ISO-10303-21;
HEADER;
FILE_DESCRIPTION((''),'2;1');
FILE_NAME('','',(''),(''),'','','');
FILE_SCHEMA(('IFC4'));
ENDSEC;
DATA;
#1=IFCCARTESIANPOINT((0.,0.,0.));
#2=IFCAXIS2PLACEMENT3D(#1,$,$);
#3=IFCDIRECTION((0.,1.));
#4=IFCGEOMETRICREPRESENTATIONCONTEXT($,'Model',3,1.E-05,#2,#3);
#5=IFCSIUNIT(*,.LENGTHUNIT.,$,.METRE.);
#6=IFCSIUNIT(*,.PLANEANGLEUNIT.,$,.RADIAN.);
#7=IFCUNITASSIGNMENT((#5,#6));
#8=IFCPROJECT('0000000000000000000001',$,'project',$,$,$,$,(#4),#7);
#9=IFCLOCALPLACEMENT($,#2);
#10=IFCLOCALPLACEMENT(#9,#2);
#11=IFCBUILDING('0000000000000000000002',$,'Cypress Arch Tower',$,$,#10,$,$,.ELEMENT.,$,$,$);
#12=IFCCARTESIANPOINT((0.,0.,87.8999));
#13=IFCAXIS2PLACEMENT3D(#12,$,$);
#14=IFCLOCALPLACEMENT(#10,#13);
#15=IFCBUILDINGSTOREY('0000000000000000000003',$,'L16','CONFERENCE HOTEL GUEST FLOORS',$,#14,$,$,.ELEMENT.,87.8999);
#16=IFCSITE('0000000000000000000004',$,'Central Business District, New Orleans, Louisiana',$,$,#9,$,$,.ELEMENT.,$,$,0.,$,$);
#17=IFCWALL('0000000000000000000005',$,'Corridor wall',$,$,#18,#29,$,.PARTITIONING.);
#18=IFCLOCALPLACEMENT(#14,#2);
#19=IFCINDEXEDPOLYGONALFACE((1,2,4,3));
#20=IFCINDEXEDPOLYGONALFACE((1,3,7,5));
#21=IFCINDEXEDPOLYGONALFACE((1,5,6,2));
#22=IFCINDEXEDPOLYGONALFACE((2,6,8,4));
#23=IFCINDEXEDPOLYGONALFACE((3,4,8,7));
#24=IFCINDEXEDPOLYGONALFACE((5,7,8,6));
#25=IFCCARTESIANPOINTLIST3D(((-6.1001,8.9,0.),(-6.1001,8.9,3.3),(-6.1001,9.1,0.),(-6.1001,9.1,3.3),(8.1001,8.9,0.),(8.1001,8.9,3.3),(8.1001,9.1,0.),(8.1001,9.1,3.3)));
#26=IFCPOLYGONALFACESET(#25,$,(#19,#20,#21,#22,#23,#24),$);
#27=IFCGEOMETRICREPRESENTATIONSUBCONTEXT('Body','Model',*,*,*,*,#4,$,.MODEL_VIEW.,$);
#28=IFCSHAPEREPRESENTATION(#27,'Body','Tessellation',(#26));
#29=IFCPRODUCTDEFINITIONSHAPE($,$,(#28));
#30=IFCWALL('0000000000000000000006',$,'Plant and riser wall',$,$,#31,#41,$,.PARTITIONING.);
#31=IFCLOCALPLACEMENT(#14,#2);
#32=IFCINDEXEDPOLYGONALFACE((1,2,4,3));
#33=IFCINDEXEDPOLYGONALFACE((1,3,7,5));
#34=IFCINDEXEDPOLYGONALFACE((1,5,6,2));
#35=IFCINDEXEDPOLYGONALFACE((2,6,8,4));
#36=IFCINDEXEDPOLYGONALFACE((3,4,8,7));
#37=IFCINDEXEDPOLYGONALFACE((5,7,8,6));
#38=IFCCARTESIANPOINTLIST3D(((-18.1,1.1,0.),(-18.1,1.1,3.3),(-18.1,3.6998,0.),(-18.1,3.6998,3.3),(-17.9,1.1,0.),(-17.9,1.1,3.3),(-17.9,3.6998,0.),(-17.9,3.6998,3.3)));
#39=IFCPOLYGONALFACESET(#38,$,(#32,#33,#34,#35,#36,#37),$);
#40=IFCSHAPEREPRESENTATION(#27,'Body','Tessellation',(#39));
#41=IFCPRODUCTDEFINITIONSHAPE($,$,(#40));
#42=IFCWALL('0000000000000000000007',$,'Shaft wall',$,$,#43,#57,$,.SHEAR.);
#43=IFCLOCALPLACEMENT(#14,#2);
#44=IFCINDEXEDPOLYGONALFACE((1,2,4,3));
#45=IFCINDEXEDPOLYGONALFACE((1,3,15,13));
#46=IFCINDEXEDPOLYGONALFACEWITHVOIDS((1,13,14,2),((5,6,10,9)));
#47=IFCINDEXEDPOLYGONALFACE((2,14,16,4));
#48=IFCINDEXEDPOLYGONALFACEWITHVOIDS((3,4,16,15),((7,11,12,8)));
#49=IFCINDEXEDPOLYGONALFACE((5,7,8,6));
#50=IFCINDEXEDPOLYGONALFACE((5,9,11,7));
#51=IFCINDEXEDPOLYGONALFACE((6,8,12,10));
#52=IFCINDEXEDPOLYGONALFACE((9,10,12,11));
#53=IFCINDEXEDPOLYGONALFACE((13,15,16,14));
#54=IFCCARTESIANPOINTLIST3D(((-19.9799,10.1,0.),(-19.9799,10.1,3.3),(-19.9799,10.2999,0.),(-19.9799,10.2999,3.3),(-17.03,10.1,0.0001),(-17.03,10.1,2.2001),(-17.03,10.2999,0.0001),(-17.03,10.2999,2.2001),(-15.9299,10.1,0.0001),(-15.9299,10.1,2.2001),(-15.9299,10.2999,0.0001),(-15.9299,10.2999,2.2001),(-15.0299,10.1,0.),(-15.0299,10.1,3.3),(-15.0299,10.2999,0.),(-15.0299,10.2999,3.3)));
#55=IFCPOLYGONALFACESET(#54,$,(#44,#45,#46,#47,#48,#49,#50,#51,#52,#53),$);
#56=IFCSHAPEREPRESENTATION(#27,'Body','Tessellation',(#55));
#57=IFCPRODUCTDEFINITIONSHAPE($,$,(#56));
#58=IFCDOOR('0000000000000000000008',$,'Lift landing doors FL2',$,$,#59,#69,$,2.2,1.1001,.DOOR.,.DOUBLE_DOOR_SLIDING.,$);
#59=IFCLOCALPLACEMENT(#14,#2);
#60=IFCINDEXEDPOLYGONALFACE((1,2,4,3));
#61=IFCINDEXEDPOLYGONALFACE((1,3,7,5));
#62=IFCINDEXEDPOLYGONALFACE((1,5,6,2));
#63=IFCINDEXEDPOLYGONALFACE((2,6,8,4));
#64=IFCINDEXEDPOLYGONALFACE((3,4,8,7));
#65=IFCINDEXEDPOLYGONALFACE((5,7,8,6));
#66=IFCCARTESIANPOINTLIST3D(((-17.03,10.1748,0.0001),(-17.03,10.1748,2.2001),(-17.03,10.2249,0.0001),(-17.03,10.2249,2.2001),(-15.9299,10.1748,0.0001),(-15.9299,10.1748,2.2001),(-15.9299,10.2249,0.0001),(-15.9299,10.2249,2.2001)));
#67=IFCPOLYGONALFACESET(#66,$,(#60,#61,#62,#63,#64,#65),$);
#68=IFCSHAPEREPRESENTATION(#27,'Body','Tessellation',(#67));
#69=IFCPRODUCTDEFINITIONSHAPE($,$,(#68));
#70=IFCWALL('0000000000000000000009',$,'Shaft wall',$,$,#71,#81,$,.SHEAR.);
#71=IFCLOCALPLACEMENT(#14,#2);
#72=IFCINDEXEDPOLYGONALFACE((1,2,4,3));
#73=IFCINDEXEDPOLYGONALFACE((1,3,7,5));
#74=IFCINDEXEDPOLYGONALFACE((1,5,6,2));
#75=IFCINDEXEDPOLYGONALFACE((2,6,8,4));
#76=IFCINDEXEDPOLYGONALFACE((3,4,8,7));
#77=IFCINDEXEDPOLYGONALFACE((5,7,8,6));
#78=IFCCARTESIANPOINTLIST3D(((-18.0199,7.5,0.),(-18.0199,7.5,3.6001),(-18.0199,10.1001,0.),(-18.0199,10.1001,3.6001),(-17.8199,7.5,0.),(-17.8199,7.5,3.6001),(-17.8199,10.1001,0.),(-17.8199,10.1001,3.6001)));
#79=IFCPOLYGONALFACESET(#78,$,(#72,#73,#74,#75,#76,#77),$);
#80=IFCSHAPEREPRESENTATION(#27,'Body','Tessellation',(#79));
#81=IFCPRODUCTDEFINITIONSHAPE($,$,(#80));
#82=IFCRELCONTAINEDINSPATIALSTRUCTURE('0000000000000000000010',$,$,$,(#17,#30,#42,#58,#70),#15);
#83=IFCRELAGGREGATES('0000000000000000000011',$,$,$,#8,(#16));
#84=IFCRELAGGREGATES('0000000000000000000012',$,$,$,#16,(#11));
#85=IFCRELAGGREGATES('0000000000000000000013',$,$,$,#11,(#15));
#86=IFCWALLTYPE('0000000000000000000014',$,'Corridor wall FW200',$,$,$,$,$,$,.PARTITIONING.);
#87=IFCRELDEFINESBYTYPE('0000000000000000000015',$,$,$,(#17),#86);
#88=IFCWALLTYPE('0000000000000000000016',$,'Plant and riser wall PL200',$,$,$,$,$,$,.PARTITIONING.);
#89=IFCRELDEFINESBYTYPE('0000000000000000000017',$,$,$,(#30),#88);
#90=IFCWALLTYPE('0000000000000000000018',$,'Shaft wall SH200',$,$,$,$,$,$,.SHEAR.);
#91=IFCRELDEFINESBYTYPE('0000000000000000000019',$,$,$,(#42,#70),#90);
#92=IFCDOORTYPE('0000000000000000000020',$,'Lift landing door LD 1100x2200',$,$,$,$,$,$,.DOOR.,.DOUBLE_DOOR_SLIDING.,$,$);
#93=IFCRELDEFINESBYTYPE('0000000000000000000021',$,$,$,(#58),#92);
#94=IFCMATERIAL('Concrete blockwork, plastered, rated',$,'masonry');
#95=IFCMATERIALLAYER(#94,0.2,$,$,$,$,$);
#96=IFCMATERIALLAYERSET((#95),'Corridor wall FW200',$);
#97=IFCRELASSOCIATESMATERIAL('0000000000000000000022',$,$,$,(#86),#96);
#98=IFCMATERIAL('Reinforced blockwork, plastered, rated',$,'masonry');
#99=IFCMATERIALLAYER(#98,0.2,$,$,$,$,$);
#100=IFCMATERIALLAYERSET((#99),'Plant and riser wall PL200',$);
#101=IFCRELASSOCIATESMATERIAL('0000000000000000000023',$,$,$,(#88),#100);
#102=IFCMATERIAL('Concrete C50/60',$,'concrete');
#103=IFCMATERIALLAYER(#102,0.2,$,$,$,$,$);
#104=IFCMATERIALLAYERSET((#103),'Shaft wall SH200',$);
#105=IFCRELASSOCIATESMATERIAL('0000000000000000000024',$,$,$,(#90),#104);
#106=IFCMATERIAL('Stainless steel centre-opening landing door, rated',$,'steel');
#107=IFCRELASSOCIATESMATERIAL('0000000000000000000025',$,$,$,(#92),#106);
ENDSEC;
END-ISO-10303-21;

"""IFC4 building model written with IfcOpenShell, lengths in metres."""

from ifc_helpers import new_model, si_unit, direction, frame, frame_2d, origin, place, context, subcontext, project, spatial, rectangle, extrude, material, layer, layer_set, type_object, element, fill, save


model = new_model("IFC4")

# Units and contexts
model_context = context("Model", 3, precision=1e-05, world=origin(), true_north=direction((0.0, 1.0)))
body_context = subcontext(model_context, "Body", "Model", "MODEL_VIEW")
ifc_project = project(units=[si_unit("LENGTHUNIT", "METRE"), si_unit("PLANEANGLEUNIT", "RADIAN")], contexts=[model_context])

# Site, building, storey
site_placement = place(None, origin())
site = spatial("IfcSite", under=ifc_project, at=site_placement, Name="Central Business District, New Orleans, Louisiana", CompositionType="ELEMENT", RefElevation=0.0)
building_placement = place(site_placement, origin())
building = spatial("IfcBuilding", under=site, at=building_placement, Name="Cypress Arch Tower", CompositionType="ELEMENT")
storey_placement = place(building_placement, frame((0.0, 0.0, 87.8999)))
storey = spatial("IfcBuildingStorey", under=building, at=storey_placement, Name="L16", Description="CONFERENCE HOTEL GUEST FLOORS", CompositionType="ELEMENT", Elevation=87.8999)

# Shared definitions
ifc_material_1 = material(Name="Concrete blockwork, plastered, rated", Category="masonry")
ifc_layer_1 = layer(ifc_material_1, 0.2)
ifc_layer_set_1 = layer_set([ifc_layer_1], Name="Corridor wall FW200")
wall_type_1 = type_object("IfcWallType", Name="Corridor wall FW200", PredefinedType="PARTITIONING", material=ifc_layer_set_1)

# Walls
wall_1_placement = place(storey_placement, frame((-6.1001, 9.0, 0.0), z_axis=(0.0, 0.0, 1.0), x_axis=(1.0, 0.0, 0.0)))
element("IfcWall", 1, at=wall_1_placement, inside=storey, type_object=wall_type_1, Name="Corridor wall", PredefinedType="PARTITIONING", context=body_context, shape_type="SweptSolid", body=[
    extrude(rectangle(XDim=14.2002, YDim=0.2, at=frame_2d((7.1001, 0.0))), origin(), (0.0, 0.0, 1.0), 3.3),
])
ifc_material_2 = material(Name="Reinforced blockwork, plastered, rated", Category="masonry")
ifc_layer_2 = layer(ifc_material_2, 0.2)
ifc_layer_set_2 = layer_set([ifc_layer_2], Name="Plant and riser wall PL200")
wall_type_2 = type_object("IfcWallType", Name="Plant and riser wall PL200", PredefinedType="PARTITIONING", material=ifc_layer_set_2)
wall_2_placement = place(storey_placement, frame((-18.0, 1.1001, 0.0), z_axis=(0.0, 0.0, 1.0), x_axis=(0.0, 1.0, 0.0)))
element("IfcWall", 2, at=wall_2_placement, inside=storey, type_object=wall_type_2, Name="Plant and riser wall", PredefinedType="PARTITIONING", context=body_context, shape_type="SweptSolid", body=[
    extrude(rectangle(XDim=2.5999, YDim=0.2, at=frame_2d((1.2998, 0.0))), origin(), (0.0, 0.0, 1.0), 3.3),
])

# Wall, opening, door
ifc_material_3 = material(Name="Concrete C50/60", Category="concrete")
ifc_layer_3 = layer(ifc_material_3, 0.2)
ifc_layer_set_3 = layer_set([ifc_layer_3], Name="Shaft wall SH200")
wall_type_3 = type_object("IfcWallType", Name="Shaft wall SH200", PredefinedType="SHEAR", material=ifc_layer_set_3)
wall_3_placement = place(storey_placement, frame((-19.98, 10.2, 0.0), z_axis=(0.0, 0.0, 1.0), x_axis=(1.0, 0.0, 0.0)))
wall_3 = element("IfcWall", 3, at=wall_3_placement, inside=storey, type_object=wall_type_3, Name="Shaft wall", PredefinedType="SHEAR", context=body_context, shape_type="SweptSolid", body=[
    extrude(rectangle(XDim=4.95, YDim=0.2, at=frame_2d((2.4751, 0.0))), origin(), (0.0, 0.0, 1.0), 3.3),
])
opening_1_placement = place(wall_3_placement, frame((2.95, 0.0, 0.0)))
opening_1 = element("IfcOpeningElement", 4, at=opening_1_placement, cuts=wall_3, PredefinedType="OPENING", context=body_context, shape_type="SweptSolid", body=[
    extrude(rectangle(XDim=1.1001, YDim=2.2, at=frame_2d((0.55, 1.1001))), frame((0.0, 0.1099, 0.0), z_axis=(0.0, -1.0, 0.0), x_axis=(1.0, 0.0, 0.0)), (0.0, 0.0, 1.0), 0.22),
])
ifc_material_4 = material(Name="Stainless steel centre-opening landing door, rated", Category="steel")
door_type_1 = type_object("IfcDoorType", Name="Lift landing door LD 1100x2200", OperationType="DOUBLE_DOOR_SLIDING", PredefinedType="DOOR", material=ifc_material_4)
door_1_placement = place(opening_1_placement, origin())
door_1 = element("IfcDoor", 5, at=door_1_placement, inside=storey, type_object=door_type_1, Name="Lift landing doors FL2", OperationType="DOUBLE_DOOR_SLIDING", OverallHeight=2.2, OverallWidth=1.1001, PredefinedType="DOOR", context=body_context, shape_type="SweptSolid", body=[
    extrude(rectangle(XDim=1.1001, YDim=2.2, at=frame_2d((0.55, 1.1001))), frame((0.0, 0.0249, 0.0), z_axis=(0.0, -1.0, 0.0), x_axis=(1.0, 0.0, 0.0)), (0.0, 0.0, 1.0), 0.05),
])
fill(opening_1, door_1)

# Wall
wall_4_placement = place(storey_placement, frame((-17.9199, 7.5, 0.0), z_axis=(0.0, 0.0, 1.0), x_axis=(0.0, 1.0, 0.0)))
element("IfcWall", 6, at=wall_4_placement, inside=storey, type_object=wall_type_3, Name="Shaft wall", PredefinedType="SHEAR", context=body_context, shape_type="SweptSolid", body=[
    extrude(rectangle(XDim=2.6001, YDim=0.2, at=frame_2d((1.3, 0.0))), origin(), (0.0, 0.0, 1.0), 3.6001),
])

save(model, "model.ifc")
